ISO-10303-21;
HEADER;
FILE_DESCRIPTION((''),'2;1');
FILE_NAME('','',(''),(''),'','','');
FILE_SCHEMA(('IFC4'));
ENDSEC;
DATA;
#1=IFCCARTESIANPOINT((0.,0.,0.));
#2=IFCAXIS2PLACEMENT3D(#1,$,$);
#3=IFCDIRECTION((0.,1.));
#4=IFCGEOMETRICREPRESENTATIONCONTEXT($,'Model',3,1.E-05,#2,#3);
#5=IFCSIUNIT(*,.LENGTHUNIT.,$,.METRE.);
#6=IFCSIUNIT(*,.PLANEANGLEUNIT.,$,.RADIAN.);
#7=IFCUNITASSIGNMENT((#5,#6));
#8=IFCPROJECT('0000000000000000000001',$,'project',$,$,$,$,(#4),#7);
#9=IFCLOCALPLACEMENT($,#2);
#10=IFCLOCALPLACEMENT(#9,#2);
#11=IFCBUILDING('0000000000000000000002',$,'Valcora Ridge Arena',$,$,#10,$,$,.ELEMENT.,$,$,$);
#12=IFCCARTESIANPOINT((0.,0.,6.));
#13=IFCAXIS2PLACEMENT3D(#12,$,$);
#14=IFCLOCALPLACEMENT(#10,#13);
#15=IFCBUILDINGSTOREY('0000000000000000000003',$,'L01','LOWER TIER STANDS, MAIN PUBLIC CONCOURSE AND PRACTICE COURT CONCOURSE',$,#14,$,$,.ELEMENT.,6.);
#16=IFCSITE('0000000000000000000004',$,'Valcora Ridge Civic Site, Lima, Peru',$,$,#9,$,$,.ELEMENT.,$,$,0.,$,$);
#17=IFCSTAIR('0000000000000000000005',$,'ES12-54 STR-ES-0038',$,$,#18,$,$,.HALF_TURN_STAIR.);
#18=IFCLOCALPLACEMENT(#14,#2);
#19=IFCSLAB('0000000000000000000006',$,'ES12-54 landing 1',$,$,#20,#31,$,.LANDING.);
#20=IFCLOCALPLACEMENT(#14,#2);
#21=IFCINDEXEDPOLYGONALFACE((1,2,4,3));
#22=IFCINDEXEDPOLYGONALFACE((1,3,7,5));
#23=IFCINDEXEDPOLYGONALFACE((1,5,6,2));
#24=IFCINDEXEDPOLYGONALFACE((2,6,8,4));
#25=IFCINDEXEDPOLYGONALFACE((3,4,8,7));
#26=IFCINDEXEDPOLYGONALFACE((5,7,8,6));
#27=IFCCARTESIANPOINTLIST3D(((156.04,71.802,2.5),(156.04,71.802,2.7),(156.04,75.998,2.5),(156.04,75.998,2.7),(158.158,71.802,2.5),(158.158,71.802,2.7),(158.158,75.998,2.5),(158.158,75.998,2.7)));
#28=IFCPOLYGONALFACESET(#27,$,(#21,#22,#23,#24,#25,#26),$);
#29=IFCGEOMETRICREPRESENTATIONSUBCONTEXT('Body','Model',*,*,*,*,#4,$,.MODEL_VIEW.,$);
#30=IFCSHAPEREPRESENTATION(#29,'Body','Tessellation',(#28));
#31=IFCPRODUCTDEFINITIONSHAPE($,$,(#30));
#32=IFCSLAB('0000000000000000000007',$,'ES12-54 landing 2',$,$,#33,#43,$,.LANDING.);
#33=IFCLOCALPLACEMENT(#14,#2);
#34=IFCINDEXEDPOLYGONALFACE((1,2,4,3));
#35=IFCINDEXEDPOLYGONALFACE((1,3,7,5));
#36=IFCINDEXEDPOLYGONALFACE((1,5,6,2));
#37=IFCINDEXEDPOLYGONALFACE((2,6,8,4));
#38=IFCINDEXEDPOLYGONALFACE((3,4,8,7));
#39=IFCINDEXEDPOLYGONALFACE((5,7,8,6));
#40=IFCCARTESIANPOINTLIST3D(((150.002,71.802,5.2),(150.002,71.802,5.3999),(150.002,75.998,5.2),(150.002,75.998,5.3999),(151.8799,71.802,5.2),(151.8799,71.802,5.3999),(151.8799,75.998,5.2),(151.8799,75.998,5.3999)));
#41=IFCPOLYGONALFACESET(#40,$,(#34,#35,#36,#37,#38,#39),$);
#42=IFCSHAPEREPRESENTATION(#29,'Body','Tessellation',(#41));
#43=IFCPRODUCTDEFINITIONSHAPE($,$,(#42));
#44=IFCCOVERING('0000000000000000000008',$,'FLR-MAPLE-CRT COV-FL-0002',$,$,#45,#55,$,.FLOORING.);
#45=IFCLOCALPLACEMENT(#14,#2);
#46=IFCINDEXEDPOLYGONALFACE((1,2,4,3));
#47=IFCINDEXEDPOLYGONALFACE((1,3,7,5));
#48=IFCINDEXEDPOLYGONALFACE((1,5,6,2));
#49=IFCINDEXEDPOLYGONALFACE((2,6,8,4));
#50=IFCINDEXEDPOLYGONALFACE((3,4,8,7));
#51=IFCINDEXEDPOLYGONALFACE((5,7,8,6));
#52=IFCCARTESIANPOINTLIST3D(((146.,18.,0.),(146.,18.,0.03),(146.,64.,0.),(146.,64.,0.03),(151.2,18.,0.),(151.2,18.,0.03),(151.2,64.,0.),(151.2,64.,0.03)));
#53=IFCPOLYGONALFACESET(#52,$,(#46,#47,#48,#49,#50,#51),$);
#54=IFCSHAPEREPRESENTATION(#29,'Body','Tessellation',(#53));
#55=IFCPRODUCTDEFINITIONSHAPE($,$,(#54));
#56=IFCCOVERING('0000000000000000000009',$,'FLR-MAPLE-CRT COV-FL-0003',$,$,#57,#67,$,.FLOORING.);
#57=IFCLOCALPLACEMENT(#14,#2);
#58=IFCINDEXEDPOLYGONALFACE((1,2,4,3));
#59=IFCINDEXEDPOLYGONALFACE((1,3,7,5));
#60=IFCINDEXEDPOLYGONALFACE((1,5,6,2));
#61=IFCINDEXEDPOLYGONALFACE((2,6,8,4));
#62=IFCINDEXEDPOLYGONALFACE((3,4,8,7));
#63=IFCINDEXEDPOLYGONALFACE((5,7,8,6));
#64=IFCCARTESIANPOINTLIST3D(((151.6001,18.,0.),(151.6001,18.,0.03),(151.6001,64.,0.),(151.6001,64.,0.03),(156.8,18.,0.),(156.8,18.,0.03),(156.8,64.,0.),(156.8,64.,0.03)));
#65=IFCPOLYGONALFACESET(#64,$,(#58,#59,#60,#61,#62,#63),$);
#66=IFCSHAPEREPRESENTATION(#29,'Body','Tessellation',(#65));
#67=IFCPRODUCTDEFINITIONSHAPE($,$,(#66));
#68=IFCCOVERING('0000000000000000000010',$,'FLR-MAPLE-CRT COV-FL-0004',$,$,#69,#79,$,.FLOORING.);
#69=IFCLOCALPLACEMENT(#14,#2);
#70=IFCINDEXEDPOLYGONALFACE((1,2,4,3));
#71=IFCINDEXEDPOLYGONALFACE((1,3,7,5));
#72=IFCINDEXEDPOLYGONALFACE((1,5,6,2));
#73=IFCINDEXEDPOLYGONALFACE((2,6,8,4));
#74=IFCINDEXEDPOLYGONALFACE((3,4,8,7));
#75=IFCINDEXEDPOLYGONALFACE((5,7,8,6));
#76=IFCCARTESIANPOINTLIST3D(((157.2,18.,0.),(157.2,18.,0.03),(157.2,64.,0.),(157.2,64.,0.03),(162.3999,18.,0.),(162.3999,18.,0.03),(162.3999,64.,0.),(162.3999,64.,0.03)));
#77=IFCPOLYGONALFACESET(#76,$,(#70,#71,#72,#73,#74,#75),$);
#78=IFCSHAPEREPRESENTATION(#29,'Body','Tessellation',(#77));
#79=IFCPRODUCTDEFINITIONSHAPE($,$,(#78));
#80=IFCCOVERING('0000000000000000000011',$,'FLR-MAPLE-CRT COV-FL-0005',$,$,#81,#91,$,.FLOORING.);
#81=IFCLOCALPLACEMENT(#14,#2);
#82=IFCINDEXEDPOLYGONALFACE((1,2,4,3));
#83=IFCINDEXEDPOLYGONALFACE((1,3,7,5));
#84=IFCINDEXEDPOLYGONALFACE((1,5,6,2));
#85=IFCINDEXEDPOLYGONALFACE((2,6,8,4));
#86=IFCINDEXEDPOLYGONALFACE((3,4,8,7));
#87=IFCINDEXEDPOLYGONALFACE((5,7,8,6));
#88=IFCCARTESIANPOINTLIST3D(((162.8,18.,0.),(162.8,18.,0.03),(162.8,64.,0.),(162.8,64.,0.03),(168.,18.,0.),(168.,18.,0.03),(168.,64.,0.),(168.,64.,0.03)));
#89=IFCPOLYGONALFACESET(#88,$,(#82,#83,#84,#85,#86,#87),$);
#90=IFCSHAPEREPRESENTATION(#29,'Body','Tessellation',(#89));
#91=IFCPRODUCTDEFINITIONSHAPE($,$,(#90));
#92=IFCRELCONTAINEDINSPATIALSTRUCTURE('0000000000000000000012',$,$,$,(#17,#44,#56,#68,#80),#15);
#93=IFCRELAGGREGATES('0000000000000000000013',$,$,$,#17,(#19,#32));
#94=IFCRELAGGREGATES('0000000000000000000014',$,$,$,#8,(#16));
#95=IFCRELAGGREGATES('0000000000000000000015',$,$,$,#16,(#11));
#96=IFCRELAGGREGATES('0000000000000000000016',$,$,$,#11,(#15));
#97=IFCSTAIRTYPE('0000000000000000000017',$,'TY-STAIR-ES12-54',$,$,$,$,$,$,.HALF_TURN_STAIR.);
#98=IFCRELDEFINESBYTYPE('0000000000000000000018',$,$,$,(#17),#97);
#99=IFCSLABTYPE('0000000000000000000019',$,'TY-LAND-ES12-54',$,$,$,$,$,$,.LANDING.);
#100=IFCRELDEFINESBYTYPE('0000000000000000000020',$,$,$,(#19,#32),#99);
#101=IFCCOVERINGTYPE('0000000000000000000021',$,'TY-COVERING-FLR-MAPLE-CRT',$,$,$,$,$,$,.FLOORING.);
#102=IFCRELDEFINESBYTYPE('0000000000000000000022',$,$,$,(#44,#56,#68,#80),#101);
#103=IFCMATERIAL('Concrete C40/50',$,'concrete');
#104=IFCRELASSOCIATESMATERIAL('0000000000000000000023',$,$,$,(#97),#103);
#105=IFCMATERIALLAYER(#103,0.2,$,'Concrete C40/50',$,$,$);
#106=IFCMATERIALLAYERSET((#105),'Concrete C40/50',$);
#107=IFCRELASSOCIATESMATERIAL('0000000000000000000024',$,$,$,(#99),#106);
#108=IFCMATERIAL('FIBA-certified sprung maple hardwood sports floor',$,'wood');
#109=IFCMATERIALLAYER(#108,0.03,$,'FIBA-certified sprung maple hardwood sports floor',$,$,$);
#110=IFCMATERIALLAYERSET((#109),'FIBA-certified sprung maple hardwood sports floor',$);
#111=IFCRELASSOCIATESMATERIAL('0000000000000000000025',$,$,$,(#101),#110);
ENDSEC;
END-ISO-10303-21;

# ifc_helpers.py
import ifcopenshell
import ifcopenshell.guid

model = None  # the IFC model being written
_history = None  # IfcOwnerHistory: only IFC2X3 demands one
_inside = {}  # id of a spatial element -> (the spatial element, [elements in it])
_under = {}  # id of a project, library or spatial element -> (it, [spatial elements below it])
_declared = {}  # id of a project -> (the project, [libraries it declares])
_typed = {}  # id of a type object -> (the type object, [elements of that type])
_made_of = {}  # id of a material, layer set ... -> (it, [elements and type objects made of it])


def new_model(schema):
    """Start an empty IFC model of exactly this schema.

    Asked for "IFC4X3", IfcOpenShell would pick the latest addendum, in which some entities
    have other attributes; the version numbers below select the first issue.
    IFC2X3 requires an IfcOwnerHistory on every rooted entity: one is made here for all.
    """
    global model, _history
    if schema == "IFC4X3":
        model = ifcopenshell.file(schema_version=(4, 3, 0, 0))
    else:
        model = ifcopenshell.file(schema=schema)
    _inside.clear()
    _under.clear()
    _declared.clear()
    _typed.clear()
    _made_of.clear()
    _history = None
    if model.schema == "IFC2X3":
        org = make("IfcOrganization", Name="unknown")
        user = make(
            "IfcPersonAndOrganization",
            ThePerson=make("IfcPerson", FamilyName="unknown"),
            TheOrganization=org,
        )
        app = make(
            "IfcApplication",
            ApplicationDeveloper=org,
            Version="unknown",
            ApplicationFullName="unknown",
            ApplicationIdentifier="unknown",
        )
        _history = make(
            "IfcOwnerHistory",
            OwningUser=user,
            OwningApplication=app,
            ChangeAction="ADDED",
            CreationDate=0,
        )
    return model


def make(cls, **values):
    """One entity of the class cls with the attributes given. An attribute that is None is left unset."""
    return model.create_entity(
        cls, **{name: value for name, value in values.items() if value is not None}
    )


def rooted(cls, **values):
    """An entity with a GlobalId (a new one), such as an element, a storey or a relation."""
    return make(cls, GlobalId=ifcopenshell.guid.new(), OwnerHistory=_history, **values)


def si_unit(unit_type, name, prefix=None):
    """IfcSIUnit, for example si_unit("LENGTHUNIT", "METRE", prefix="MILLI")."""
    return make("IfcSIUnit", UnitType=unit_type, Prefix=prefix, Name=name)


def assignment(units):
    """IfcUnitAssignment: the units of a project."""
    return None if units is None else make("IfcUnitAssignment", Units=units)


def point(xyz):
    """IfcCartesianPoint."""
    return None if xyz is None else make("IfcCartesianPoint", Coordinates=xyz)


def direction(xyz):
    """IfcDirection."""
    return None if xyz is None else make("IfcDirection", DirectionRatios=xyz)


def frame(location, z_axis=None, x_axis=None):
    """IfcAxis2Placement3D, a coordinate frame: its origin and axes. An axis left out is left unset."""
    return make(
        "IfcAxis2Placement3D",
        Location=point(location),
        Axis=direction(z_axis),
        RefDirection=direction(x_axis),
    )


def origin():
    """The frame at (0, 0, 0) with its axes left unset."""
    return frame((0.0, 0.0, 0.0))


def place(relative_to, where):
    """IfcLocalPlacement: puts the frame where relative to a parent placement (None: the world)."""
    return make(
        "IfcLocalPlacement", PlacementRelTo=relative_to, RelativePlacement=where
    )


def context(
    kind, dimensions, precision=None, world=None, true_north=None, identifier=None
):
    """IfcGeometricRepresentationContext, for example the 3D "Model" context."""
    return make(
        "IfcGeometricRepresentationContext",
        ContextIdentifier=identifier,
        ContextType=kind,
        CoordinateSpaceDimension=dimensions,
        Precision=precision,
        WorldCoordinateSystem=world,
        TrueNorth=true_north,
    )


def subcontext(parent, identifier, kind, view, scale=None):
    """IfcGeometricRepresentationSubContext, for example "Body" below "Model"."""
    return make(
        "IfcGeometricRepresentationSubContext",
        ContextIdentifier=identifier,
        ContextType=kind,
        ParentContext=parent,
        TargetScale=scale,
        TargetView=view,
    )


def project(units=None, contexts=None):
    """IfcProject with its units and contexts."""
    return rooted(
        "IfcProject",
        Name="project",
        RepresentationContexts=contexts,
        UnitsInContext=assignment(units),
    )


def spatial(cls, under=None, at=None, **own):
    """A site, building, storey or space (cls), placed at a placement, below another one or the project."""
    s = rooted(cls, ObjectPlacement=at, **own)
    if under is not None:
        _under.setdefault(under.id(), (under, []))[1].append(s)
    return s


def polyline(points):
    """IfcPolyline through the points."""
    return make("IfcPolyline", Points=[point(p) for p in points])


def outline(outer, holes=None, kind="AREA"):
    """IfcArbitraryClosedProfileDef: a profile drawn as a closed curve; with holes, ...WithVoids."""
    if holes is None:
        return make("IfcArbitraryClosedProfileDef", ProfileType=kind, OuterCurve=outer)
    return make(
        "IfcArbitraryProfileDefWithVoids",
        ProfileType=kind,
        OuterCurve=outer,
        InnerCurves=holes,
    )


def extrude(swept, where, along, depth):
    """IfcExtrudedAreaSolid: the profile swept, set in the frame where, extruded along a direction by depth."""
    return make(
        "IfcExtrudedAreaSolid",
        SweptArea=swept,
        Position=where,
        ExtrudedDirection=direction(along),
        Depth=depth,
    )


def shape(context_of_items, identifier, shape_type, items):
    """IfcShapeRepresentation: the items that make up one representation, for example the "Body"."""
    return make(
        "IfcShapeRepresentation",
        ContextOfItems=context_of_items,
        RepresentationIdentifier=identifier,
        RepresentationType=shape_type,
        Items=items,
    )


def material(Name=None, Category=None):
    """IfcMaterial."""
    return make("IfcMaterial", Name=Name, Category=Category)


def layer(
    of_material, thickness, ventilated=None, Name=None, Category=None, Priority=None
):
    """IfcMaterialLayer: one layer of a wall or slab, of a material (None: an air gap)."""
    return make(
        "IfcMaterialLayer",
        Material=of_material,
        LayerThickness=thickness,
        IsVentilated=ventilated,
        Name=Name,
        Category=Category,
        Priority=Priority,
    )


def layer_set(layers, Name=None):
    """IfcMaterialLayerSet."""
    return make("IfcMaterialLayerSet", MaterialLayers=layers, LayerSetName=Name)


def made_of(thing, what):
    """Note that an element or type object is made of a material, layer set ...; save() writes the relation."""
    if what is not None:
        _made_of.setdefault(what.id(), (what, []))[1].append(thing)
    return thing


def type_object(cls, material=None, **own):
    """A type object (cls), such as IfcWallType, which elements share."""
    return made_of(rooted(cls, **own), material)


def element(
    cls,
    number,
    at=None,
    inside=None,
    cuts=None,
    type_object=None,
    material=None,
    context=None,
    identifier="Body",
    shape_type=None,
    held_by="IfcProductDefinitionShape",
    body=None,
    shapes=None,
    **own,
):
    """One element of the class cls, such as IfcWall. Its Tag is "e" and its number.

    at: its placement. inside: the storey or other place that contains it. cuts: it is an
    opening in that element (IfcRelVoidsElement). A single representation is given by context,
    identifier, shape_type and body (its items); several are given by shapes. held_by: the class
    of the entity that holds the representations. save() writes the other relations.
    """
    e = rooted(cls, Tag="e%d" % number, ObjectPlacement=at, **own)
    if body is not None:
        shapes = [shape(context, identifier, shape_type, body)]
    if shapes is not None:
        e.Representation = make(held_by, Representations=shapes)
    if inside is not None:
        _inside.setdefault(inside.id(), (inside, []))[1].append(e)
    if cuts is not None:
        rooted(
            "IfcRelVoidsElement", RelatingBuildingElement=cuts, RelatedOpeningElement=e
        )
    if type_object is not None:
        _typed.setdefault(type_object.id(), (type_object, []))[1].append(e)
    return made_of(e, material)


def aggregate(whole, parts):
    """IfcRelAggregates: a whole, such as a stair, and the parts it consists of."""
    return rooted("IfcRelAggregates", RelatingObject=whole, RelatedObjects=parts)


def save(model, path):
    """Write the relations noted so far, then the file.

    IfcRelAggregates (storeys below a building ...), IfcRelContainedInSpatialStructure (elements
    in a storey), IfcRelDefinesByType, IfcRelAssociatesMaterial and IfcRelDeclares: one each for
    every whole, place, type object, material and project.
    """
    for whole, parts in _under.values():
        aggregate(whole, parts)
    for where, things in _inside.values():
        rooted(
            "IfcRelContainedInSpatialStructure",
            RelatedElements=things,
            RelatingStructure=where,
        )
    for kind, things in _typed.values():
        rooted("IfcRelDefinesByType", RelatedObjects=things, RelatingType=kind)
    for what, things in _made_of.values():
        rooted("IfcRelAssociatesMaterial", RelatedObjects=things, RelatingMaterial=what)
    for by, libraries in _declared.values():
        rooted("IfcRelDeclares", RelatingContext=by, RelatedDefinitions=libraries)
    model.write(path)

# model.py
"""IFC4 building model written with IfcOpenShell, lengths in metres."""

from ifc_helpers import new_model, si_unit, direction, frame, origin, place, context, subcontext, project, spatial, polyline, outline, extrude, material, layer, layer_set, type_object, element, aggregate, save


model = new_model("IFC4")

# Units and contexts
model_context = context("Model", 3, precision=1e-05, world=origin(), true_north=direction((0.0, 1.0)))
body_context = subcontext(model_context, "Body", "Model", "MODEL_VIEW")
ifc_project = project(units=[si_unit("LENGTHUNIT", "METRE"), si_unit("PLANEANGLEUNIT", "RADIAN")], contexts=[model_context])

# Site, building, storey
site_placement = place(None, origin())
site = spatial("IfcSite", under=ifc_project, at=site_placement, Name="Valcora Ridge Civic Site, Lima, Peru", CompositionType="ELEMENT", RefElevation=0.0)
building_placement = place(site_placement, origin())
building = spatial("IfcBuilding", under=site, at=building_placement, Name="Valcora Ridge Arena", CompositionType="ELEMENT")
storey_placement = place(building_placement, frame((0.0, 0.0, 6.0)))
storey = spatial("IfcBuildingStorey", under=building, at=storey_placement, Name="L01", Description="LOWER TIER STANDS, MAIN PUBLIC CONCOURSE AND PRACTICE COURT CONCOURSE", CompositionType="ELEMENT", Elevation=6.0)

# Stair, slabs
ifc_material_1 = material(Name="Concrete C40/50", Category="concrete")
stair_type_1 = type_object("IfcStairType", Name="TY-STAIR-ES12-54", PredefinedType="HALF_TURN_STAIR", material=ifc_material_1)
stair_1_placement = place(storey_placement, origin())
stair_1 = element("IfcStair", 1, at=stair_1_placement, inside=storey, type_object=stair_type_1, Name="ES12-54 STR-ES-0038", PredefinedType="HALF_TURN_STAIR")
ifc_layer_1 = layer(ifc_material_1, 0.2, Name="Concrete C40/50")
ifc_layer_set_1 = layer_set([ifc_layer_1], Name="Concrete C40/50")
slab_type_1 = type_object("IfcSlabType", Name="TY-LAND-ES12-54", PredefinedType="LANDING", material=ifc_layer_set_1)
slab_1_placement = place(storey_placement, frame((0.0, 0.0, 2.5)))
slab_1 = element("IfcSlab", 2, at=slab_1_placement, type_object=slab_type_1, Name="ES12-54 landing 1", PredefinedType="LANDING", context=body_context, shape_type="SweptSolid", body=[
    extrude(outline(polyline([(156.04, 71.802), (158.158, 71.802), (158.158, 75.998), (156.04, 75.998), (156.04, 71.802)])), origin(), (0.0, 0.0, 1.0), 0.2),
])
slab_2_placement = place(storey_placement, frame((0.0, 0.0, 5.2)))
slab_2 = element("IfcSlab", 3, at=slab_2_placement, type_object=slab_type_1, Name="ES12-54 landing 2", PredefinedType="LANDING", context=body_context, shape_type="SweptSolid", body=[
    extrude(outline(polyline([(150.002, 71.802), (151.8799, 71.802), (151.8799, 75.998), (150.002, 75.998), (150.002, 71.802)])), origin(), (0.0, 0.0, 1.0), 0.2),
])
aggregate(stair_1, [slab_1, slab_2])

# Coverings
ifc_material_2 = material(Name="FIBA-certified sprung maple hardwood sports floor", Category="wood")
ifc_layer_2 = layer(ifc_material_2, 0.03, Name="FIBA-certified sprung maple hardwood sports floor")
ifc_layer_set_2 = layer_set([ifc_layer_2], Name="FIBA-certified sprung maple hardwood sports floor")
covering_type = type_object("IfcCoveringType", Name="TY-COVERING-FLR-MAPLE-CRT", PredefinedType="FLOORING", material=ifc_layer_set_2)
covering_1_placement = place(storey_placement, origin())
element("IfcCovering", 4, at=covering_1_placement, inside=storey, type_object=covering_type, Name="FLR-MAPLE-CRT COV-FL-0002", PredefinedType="FLOORING", context=body_context, shape_type="SweptSolid", body=[
    extrude(outline(polyline([(146.0, 18.0), (151.2, 18.0), (151.2, 64.0), (146.0, 64.0), (146.0, 18.0)])), origin(), (0.0, 0.0, 1.0), 0.03),
])
covering_2_placement = place(storey_placement, origin())
element("IfcCovering", 5, at=covering_2_placement, inside=storey, type_object=covering_type, Name="FLR-MAPLE-CRT COV-FL-0003", PredefinedType="FLOORING", context=body_context, shape_type="SweptSolid", body=[
    extrude(outline(polyline([(151.6001, 18.0), (156.8, 18.0), (156.8, 64.0), (151.6001, 64.0), (151.6001, 18.0)])), origin(), (0.0, 0.0, 1.0), 0.03),
])
covering_3_placement = place(storey_placement, origin())
element("IfcCovering", 6, at=covering_3_placement, inside=storey, type_object=covering_type, Name="FLR-MAPLE-CRT COV-FL-0004", PredefinedType="FLOORING", context=body_context, shape_type="SweptSolid", body=[
    extrude(outline(polyline([(157.2, 18.0), (162.3999, 18.0), (162.3999, 64.0), (157.2, 64.0), (157.2, 18.0)])), origin(), (0.0, 0.0, 1.0), 0.03),
])
covering_4_placement = place(storey_placement, origin())
element("IfcCovering", 7, at=covering_4_placement, inside=storey, type_object=covering_type, Name="FLR-MAPLE-CRT COV-FL-0005", PredefinedType="FLOORING", context=body_context, shape_type="SweptSolid", body=[
    extrude(outline(polyline([(162.8, 18.0), (168.0, 18.0), (168.0, 64.0), (162.8, 64.0), (162.8, 18.0)])), origin(), (0.0, 0.0, 1.0), 0.03),
])

save(model, "model.ifc")
